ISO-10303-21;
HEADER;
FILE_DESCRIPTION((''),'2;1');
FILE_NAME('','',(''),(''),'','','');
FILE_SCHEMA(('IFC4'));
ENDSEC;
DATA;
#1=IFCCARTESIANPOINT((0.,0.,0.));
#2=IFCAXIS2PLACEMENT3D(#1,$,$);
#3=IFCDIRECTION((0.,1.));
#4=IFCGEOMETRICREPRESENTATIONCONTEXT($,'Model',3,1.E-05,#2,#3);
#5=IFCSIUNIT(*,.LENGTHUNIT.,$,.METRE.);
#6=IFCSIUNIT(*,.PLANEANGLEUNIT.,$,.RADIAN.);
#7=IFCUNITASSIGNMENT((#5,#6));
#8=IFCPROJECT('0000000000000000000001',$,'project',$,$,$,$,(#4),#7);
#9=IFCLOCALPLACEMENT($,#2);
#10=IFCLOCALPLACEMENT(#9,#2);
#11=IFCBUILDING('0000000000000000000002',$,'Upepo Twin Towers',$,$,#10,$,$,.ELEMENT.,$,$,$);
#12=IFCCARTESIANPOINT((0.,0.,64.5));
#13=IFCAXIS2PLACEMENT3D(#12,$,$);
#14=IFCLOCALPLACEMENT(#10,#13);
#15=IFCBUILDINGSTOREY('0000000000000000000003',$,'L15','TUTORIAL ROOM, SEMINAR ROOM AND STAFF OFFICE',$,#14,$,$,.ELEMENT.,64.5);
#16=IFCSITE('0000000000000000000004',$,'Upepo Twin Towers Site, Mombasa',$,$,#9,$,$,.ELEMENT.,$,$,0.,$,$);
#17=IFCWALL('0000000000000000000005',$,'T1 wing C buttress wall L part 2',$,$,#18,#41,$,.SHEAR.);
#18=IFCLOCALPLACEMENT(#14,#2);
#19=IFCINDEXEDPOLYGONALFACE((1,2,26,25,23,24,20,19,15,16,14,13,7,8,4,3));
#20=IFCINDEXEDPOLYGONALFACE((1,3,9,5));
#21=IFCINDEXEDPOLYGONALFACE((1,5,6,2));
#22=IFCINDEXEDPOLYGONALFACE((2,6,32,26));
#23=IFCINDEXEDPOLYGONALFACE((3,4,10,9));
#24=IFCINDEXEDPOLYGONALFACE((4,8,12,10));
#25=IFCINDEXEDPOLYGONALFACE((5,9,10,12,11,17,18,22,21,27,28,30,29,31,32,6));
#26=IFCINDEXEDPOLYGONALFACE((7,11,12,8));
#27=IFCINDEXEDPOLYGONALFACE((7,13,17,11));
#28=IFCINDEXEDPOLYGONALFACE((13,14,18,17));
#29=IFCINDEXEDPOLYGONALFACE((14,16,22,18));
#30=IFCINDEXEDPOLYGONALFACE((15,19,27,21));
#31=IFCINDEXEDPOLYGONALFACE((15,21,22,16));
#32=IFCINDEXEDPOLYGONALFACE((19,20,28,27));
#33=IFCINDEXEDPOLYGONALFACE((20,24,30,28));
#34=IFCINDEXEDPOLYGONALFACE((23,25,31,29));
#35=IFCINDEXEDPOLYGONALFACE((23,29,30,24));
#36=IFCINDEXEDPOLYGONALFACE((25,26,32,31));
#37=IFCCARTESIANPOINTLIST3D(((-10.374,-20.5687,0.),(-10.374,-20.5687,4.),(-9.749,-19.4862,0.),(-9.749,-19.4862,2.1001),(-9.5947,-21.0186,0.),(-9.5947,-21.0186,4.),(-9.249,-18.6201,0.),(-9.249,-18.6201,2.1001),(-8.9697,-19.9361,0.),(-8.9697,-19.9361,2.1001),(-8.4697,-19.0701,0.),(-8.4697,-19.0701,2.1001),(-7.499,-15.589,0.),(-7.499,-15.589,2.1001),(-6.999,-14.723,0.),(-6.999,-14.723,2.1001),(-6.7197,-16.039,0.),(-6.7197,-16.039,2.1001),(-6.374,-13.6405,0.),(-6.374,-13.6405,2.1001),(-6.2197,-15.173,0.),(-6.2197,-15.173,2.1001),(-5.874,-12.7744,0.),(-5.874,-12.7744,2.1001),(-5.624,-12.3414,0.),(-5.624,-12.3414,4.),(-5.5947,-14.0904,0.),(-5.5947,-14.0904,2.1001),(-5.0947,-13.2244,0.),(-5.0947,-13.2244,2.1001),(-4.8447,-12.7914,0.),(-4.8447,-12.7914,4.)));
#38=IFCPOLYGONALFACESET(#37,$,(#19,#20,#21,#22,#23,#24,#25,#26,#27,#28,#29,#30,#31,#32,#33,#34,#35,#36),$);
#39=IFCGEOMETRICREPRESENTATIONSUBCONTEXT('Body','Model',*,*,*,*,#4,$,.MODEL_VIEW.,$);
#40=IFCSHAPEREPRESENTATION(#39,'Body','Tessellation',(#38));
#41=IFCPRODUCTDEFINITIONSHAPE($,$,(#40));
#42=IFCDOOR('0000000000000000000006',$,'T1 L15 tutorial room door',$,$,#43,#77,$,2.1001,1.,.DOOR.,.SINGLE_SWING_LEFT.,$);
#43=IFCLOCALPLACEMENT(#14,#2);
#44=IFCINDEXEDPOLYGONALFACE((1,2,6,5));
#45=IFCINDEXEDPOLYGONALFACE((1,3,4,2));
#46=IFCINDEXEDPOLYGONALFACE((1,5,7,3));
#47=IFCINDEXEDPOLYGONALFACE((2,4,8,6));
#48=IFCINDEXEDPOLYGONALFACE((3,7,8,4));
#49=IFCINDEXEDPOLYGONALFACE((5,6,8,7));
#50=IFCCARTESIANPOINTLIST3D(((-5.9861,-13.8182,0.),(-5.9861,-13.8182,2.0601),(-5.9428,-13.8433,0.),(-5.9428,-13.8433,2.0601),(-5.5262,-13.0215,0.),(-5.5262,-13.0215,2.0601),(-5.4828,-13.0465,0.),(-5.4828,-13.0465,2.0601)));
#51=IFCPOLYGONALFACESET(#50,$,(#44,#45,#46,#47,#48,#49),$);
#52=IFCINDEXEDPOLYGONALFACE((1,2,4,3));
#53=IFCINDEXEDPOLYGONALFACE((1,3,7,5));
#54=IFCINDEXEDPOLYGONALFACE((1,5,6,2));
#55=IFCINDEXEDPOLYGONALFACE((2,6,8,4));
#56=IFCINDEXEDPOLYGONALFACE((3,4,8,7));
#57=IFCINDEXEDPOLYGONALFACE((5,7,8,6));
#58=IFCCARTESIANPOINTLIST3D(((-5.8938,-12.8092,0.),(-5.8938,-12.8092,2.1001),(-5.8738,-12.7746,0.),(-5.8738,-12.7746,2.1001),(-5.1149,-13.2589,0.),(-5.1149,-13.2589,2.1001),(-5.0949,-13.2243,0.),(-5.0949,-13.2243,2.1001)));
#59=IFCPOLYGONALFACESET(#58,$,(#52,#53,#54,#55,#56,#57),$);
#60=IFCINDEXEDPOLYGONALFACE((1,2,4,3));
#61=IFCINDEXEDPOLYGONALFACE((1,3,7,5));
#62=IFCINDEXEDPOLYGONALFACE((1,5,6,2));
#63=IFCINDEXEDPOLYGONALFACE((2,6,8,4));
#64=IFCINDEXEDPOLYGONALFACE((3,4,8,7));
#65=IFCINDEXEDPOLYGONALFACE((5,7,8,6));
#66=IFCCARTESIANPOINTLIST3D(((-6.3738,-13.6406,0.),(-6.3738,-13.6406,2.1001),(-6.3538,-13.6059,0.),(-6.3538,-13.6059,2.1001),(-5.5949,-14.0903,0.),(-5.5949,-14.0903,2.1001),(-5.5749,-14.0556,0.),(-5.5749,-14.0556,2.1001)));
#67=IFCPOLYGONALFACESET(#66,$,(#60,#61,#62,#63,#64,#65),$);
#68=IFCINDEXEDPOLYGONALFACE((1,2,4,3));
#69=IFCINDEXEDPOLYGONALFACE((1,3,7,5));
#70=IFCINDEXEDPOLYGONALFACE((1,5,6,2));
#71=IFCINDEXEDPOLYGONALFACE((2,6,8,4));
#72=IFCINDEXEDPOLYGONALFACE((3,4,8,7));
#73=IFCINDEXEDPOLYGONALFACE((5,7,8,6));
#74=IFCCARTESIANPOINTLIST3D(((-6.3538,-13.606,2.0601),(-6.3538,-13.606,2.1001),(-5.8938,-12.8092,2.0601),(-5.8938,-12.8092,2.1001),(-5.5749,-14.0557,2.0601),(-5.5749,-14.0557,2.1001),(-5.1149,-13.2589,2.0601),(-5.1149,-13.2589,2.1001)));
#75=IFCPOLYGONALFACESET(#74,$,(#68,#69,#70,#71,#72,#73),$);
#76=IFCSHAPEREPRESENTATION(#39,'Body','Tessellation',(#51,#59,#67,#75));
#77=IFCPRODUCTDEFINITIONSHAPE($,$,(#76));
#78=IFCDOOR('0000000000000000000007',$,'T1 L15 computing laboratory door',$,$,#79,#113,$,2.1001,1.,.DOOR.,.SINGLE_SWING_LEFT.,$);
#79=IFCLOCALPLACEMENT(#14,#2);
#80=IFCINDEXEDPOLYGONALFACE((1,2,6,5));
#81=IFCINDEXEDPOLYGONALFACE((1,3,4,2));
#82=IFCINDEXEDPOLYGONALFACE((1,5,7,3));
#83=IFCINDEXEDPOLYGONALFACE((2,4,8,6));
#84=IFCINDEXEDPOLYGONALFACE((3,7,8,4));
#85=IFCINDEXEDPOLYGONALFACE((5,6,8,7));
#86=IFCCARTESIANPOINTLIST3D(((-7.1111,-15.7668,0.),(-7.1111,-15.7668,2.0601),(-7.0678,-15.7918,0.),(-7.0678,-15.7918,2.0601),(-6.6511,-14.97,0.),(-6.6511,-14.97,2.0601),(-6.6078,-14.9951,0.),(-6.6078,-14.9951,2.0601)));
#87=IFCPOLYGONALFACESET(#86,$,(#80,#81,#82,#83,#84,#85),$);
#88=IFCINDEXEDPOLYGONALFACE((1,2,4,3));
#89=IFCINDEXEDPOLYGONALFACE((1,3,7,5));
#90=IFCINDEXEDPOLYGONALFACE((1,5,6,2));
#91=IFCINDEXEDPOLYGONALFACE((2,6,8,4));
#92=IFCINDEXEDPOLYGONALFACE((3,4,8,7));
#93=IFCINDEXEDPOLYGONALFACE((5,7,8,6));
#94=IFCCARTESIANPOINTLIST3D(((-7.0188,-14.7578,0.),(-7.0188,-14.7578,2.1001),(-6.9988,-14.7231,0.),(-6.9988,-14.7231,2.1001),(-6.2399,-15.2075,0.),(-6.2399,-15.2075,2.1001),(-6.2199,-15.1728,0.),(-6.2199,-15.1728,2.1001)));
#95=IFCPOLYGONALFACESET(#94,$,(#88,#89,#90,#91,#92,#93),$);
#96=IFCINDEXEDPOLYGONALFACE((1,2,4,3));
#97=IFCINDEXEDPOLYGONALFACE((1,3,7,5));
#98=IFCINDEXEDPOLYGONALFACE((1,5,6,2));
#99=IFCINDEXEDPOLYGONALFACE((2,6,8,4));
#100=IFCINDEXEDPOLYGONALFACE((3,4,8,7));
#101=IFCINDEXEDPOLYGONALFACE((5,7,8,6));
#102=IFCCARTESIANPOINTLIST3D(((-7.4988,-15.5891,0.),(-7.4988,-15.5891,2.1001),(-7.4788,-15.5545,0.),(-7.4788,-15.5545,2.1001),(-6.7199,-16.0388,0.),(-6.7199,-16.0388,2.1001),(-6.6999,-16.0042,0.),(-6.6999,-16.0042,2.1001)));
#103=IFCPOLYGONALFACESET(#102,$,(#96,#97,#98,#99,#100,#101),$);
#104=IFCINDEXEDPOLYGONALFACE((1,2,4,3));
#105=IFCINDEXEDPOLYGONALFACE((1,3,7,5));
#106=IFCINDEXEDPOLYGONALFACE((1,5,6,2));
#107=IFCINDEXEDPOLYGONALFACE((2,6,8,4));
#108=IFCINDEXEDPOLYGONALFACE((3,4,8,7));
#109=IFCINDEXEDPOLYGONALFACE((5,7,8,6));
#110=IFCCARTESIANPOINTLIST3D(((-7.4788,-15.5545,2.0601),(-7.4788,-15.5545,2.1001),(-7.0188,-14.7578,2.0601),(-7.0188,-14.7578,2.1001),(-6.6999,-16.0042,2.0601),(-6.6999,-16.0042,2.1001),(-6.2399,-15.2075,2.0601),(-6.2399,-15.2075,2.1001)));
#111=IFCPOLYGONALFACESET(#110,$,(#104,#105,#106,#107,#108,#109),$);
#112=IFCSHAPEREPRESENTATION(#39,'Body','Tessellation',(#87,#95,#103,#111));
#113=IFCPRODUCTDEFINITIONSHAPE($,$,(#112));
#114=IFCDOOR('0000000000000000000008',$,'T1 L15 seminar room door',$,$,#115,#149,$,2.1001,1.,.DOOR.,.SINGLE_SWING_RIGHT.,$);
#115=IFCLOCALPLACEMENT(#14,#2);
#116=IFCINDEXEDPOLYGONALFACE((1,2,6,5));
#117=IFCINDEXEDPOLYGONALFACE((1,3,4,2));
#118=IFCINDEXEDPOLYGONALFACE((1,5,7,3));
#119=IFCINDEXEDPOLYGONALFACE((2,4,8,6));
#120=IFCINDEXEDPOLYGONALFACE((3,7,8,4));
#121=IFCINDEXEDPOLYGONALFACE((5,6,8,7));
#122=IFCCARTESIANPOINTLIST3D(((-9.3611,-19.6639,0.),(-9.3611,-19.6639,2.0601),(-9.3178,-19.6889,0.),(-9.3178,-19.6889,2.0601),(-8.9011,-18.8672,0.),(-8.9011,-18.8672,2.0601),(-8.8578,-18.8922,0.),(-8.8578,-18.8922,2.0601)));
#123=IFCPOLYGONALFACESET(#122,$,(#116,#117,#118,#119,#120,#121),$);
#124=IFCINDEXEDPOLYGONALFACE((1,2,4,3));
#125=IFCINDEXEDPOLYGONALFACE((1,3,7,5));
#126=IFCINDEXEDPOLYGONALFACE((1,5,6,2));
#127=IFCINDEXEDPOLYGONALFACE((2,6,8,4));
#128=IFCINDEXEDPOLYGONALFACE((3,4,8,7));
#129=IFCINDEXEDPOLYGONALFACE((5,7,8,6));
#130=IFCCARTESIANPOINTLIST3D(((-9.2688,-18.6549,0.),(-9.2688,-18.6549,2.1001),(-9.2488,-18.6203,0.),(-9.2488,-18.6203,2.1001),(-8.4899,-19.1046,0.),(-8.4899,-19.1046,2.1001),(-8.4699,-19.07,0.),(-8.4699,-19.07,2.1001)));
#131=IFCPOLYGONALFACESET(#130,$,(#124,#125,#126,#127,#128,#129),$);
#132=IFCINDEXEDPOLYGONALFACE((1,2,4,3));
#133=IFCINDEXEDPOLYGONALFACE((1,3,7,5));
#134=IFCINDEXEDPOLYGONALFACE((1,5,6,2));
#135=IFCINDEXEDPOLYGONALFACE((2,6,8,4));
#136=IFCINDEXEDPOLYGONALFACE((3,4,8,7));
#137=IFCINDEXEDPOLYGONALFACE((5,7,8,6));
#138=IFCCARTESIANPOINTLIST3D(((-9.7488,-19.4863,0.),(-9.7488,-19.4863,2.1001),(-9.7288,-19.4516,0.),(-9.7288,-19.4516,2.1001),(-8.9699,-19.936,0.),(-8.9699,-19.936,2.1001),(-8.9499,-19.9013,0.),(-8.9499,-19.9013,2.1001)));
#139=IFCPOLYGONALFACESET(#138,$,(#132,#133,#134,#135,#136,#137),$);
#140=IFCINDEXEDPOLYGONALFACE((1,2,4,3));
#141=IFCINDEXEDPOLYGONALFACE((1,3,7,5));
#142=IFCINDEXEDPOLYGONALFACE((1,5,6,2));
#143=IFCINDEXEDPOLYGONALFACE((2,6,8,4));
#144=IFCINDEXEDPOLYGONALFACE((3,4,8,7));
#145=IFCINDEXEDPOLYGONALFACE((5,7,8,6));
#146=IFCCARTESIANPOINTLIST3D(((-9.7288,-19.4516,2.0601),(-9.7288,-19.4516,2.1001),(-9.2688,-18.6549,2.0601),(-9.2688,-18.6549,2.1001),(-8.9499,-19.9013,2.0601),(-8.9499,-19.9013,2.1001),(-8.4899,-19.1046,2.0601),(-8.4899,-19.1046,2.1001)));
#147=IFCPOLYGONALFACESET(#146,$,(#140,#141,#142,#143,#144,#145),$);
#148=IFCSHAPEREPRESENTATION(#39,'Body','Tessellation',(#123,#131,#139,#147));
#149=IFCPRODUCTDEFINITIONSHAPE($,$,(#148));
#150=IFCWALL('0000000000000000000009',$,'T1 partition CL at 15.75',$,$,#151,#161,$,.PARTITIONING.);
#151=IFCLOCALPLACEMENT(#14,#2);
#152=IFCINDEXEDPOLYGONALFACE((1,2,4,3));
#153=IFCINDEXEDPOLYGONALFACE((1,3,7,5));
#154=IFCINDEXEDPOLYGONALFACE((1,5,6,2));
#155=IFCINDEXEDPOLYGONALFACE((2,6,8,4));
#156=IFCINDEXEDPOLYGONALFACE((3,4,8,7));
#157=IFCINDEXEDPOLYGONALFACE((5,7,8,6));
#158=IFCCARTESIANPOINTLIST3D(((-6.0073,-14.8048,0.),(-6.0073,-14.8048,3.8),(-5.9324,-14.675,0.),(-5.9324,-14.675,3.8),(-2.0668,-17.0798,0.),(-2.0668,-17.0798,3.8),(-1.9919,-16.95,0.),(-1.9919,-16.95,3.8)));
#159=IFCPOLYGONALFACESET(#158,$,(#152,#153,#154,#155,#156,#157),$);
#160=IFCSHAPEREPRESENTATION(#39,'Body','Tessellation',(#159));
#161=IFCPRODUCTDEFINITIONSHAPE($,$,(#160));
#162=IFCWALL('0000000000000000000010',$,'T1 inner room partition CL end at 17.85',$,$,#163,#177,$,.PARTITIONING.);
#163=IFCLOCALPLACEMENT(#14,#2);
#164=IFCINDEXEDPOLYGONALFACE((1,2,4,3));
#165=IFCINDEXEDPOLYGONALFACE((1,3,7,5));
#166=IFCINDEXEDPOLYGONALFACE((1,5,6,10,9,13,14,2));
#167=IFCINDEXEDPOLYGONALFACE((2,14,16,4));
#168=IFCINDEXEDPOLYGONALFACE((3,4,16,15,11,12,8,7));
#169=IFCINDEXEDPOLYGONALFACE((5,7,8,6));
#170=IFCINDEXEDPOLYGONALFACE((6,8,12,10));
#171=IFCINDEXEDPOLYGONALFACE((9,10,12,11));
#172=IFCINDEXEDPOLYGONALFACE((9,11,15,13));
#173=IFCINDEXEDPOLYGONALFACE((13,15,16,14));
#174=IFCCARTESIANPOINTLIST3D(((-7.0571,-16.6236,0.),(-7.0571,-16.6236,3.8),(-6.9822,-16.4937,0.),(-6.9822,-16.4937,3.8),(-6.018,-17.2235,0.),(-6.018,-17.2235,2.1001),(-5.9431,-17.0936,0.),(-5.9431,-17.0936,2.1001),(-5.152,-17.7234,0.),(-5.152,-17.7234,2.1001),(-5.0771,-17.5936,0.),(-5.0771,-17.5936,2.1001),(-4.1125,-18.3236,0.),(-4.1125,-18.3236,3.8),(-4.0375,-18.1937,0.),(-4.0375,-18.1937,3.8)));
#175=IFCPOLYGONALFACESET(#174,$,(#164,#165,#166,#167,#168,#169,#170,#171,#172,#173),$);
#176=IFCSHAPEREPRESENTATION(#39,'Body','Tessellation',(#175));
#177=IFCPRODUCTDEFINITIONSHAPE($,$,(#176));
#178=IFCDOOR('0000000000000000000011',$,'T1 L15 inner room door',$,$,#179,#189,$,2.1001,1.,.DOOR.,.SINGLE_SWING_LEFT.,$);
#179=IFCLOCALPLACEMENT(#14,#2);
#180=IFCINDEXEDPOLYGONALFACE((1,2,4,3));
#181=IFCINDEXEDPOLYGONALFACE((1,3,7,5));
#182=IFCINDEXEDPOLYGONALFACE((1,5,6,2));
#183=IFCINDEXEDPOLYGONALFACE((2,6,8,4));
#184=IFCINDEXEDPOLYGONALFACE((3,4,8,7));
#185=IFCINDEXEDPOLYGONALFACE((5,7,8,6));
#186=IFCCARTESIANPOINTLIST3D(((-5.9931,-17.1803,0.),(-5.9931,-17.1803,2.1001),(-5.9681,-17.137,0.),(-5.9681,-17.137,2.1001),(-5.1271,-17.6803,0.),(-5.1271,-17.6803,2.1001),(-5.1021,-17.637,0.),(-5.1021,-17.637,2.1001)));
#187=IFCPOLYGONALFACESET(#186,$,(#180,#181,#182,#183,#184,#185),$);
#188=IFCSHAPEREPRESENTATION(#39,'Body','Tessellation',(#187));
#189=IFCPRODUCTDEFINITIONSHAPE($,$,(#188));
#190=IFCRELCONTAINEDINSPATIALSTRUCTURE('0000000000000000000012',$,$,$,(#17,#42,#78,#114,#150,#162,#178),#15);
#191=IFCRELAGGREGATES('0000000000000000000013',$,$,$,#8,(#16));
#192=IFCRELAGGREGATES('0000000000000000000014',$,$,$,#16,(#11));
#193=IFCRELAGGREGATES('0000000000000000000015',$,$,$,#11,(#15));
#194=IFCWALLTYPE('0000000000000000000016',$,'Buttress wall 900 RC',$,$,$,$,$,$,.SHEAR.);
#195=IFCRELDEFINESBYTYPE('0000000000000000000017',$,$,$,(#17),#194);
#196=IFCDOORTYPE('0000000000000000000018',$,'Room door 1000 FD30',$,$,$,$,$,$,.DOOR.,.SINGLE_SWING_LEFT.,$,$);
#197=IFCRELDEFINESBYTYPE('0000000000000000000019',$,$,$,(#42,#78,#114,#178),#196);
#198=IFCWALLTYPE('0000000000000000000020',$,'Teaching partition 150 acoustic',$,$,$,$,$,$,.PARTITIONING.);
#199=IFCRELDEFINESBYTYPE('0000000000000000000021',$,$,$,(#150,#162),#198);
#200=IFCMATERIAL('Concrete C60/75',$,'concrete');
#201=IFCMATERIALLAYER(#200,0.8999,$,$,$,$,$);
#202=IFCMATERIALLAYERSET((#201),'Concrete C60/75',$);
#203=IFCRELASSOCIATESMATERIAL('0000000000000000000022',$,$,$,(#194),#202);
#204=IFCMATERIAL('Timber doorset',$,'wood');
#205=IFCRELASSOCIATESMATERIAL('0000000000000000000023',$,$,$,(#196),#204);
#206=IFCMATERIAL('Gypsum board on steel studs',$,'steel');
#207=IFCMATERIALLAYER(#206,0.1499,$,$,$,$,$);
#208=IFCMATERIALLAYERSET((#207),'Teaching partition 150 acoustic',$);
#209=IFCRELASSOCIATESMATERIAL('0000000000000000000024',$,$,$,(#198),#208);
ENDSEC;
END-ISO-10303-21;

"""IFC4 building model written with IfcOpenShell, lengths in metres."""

from ifc_helpers import new_model, si_unit, direction, frame, frame_2d, origin, place, context, subcontext, project, spatial, rectangle, extrude, material, layer, layer_set, type_object, element, fill, save


model = new_model("IFC4")

# Units and contexts
model_context = context("Model", 3, precision=1e-05, world=origin(), true_north=direction((0.0, 1.0)))
body_context = subcontext(model_context, "Body", "Model", "MODEL_VIEW")
ifc_project = project(units=[si_unit("LENGTHUNIT", "METRE"), si_unit("PLANEANGLEUNIT", "RADIAN")], contexts=[model_context])

# Site, building, storey
site_placement = place(None, origin())
site = spatial("IfcSite", under=ifc_project, at=site_placement, Name="Upepo Twin Towers Site, Mombasa", CompositionType="ELEMENT", RefElevation=0.0)
building_placement = place(site_placement, origin())
building = spatial("IfcBuilding", under=site, at=building_placement, Name="Upepo Twin Towers", CompositionType="ELEMENT")
storey_placement = place(building_placement, frame((0.0, 0.0, 64.5)))
storey = spatial("IfcBuildingStorey", under=building, at=storey_placement, Name="L15", Description="TUTORIAL ROOM, SEMINAR ROOM AND STAFF OFFICE", CompositionType="ELEMENT", Elevation=64.5)

# Wall, openings, doors
ifc_material_1 = material(Name="Concrete C60/75", Category="concrete")
ifc_layer_1 = layer(ifc_material_1, 0.8999)
ifc_layer_set_1 = layer_set([ifc_layer_1], Name="Concrete C60/75")
wall_type_1 = type_object("IfcWallType", Name="Buttress wall 900 RC", PredefinedType="SHEAR", material=ifc_layer_set_1)
wall_1_placement = place(storey_placement, frame((-5.2344, -12.5664, 0.0), z_axis=(0.0, 0.0, 1.0), x_axis=(-0.499998, -0.866027, 0.0)))
wall_1 = element("IfcWall", 1, at=wall_1_placement, inside=storey, type_object=wall_type_1, Name="T1 wing C buttress wall L part 2", PredefinedType="SHEAR", context=body_context, shape_type="SweptSolid", body=[
    extrude(rectangle(XDim=9.5, YDim=0.8999, at=frame_2d((4.75, 0.0))), origin(), (0.0, 0.0, 1.0), 4.0),
])
opening_1_placement = place(wall_1_placement, frame((0.5, 0.0, 0.0)))
opening_1 = element("IfcOpeningElement", 2, at=opening_1_placement, cuts=wall_1, PredefinedType="OPENING", context=body_context, shape_type="SweptSolid", body=[
    extrude(rectangle(XDim=1.0, YDim=2.1001, at=frame_2d((0.5, 1.05))), frame((0.0, 0.46, 0.0), z_axis=(0.0, -1.0, 0.0), x_axis=(1.0, 0.0, 0.0)), (0.0, 0.0, 1.0), 0.9199),
])
opening_2_placement = place(wall_1_placement, frame((2.75, 0.0, 0.0)))
opening_2 = element("IfcOpeningElement", 3, at=opening_2_placement, cuts=wall_1, PredefinedType="OPENING", context=body_context, shape_type="SweptSolid", body=[
    extrude(rectangle(XDim=1.0, YDim=2.1001, at=frame_2d((0.5, 1.05))), frame((0.0, 0.46, 0.0), z_axis=(0.0, -1.0, 0.0), x_axis=(1.0, 0.0, 0.0)), (0.0, 0.0, 1.0), 0.9199),
])
opening_3_placement = place(wall_1_placement, frame((7.25, 0.0, 0.0)))
opening_3 = element("IfcOpeningElement", 4, at=opening_3_placement, cuts=wall_1, PredefinedType="OPENING", context=body_context, shape_type="SweptSolid", body=[
    extrude(rectangle(XDim=1.0, YDim=2.1001, at=frame_2d((0.5, 1.05))), frame((0.0, 0.46, 0.0), z_axis=(0.0, -1.0, 0.0), x_axis=(1.0, 0.0, 0.0)), (0.0, 0.0, 1.0), 0.9199),
])
ifc_material_2 = material(Name="Timber doorset", Category="wood")
door_type = type_object("IfcDoorType", Name="Room door 1000 FD30", OperationType="SINGLE_SWING_LEFT", PredefinedType="DOOR", material=ifc_material_2)
door_1_placement = place(opening_1_placement, origin())
door_1 = element("IfcDoor", 5, at=door_1_placement, inside=storey, type_object=door_type, Name="T1 L15 tutorial room door", OperationType="SINGLE_SWING_LEFT", OverallHeight=2.1001, OverallWidth=1.0, PredefinedType="DOOR", context=body_context, shape_type="SweptSolid", body=[
    extrude(rectangle(XDim=0.92, YDim=2.0601, at=frame_2d((0.5, 1.03))), frame((0.0, 0.0249, 0.0), z_axis=(0.0, -1.0, 0.0), x_axis=(1.0, 0.0, 0.0)), (0.0, 0.0, 1.0), 0.05),
    extrude(rectangle(XDim=0.04, YDim=2.1001, at=frame_2d((0.02, 1.05))), frame((0.0, 0.4497, 0.0), z_axis=(0.0, -1.0, 0.0), x_axis=(1.0, 0.0, 0.0)), (0.0, 0.0, 1.0), 0.8994),
    extrude(rectangle(XDim=0.04, YDim=2.1001, at=frame_2d((0.98, 1.05))), frame((0.0, 0.4497, 0.0), z_axis=(0.0, -1.0, 0.0), x_axis=(1.0, 0.0, 0.0)), (0.0, 0.0, 1.0), 0.8994),
    extrude(rectangle(XDim=0.92, YDim=0.04, at=frame_2d((0.5, 2.0801))), frame((0.0, 0.4497, 0.0), z_axis=(0.0, -1.0, 0.0), x_axis=(1.0, 0.0, 0.0)), (0.0, 0.0, 1.0), 0.8994),
])
fill(opening_1, door_1)
door_2_placement = place(opening_2_placement, origin())
door_2 = element("IfcDoor", 6, at=door_2_placement, inside=storey, type_object=door_type, Name="T1 L15 computing laboratory door", OperationType="SINGLE_SWING_LEFT", OverallHeight=2.1001, OverallWidth=1.0, PredefinedType="DOOR", context=body_context, shape_type="SweptSolid", body=[
    extrude(rectangle(XDim=0.92, YDim=2.0601, at=frame_2d((0.5, 1.03))), frame((0.0, 0.0249, 0.0), z_axis=(0.0, -1.0, 0.0), x_axis=(1.0, 0.0, 0.0)), (0.0, 0.0, 1.0), 0.05),
    extrude(rectangle(XDim=0.04, YDim=2.1001, at=frame_2d((0.02, 1.05))), frame((0.0, 0.4497, 0.0), z_axis=(0.0, -1.0, 0.0), x_axis=(1.0, 0.0, 0.0)), (0.0, 0.0, 1.0), 0.8994),
    extrude(rectangle(XDim=0.04, YDim=2.1001, at=frame_2d((0.98, 1.05))), frame((0.0, 0.4497, 0.0), z_axis=(0.0, -1.0, 0.0), x_axis=(1.0, 0.0, 0.0)), (0.0, 0.0, 1.0), 0.8994),
    extrude(rectangle(XDim=0.92, YDim=0.04, at=frame_2d((0.5, 2.0801))), frame((0.0, 0.4497, 0.0), z_axis=(0.0, -1.0, 0.0), x_axis=(1.0, 0.0, 0.0)), (0.0, 0.0, 1.0), 0.8994),
])
fill(opening_2, door_2)
door_3_placement = place(opening_3_placement, origin())
door_3 = element("IfcDoor", 7, at=door_3_placement, inside=storey, type_object=door_type, Name="T1 L15 seminar room door", OperationType="SINGLE_SWING_RIGHT", OverallHeight=2.1001, OverallWidth=1.0, PredefinedType="DOOR", context=body_context, shape_type="SweptSolid", body=[
    extrude(rectangle(XDim=0.92, YDim=2.0601, at=frame_2d((0.5, 1.03))), frame((0.0, 0.0249, 0.0), z_axis=(0.0, -1.0, 0.0), x_axis=(1.0, 0.0, 0.0)), (0.0, 0.0, 1.0), 0.05),
    extrude(rectangle(XDim=0.04, YDim=2.1001, at=frame_2d((0.02, 1.05))), frame((0.0, 0.4497, 0.0), z_axis=(0.0, -1.0, 0.0), x_axis=(1.0, 0.0, 0.0)), (0.0, 0.0, 1.0), 0.8994),
    extrude(rectangle(XDim=0.04, YDim=2.1001, at=frame_2d((0.98, 1.05))), frame((0.0, 0.4497, 0.0), z_axis=(0.0, -1.0, 0.0), x_axis=(1.0, 0.0, 0.0)), (0.0, 0.0, 1.0), 0.8994),
    extrude(rectangle(XDim=0.92, YDim=0.04, at=frame_2d((0.5, 2.0801))), frame((0.0, 0.4497, 0.0), z_axis=(0.0, -1.0, 0.0), x_axis=(1.0, 0.0, 0.0)), (0.0, 0.0, 1.0), 0.8994),
])
fill(opening_3, door_3)

# Wall
ifc_material_3 = material(Name="Gypsum board on steel studs", Category="steel")
ifc_layer_2 = layer(ifc_material_3, 0.1499)
ifc_layer_set_2 = layer_set([ifc_layer_2], Name="Teaching partition 150 acoustic")
wall_type_2 = type_object("IfcWallType", Name="Teaching partition 150 acoustic", PredefinedType="PARTITIONING", material=ifc_layer_set_2)
wall_2_placement = place(storey_placement, frame((-5.9697, -14.74, 0.0), z_axis=(0.0, 0.0, 1.0), x_axis=(0.866035, -0.499983, 0.0)))
element("IfcWall", 8, at=wall_2_placement, inside=storey, type_object=wall_type_2, Name="T1 partition CL at 15.75", PredefinedType="PARTITIONING", context=body_context, shape_type="SweptSolid", body=[
    extrude(rectangle(XDim=4.55, YDim=0.1499, at=frame_2d((2.2749, 0.0))), origin(), (0.0, 0.0, 1.0), 3.8),
])

# Wall, opening, door
wall_3_placement = place(storey_placement, frame((-7.0198, -16.5586, 0.0), z_axis=(0.0, 0.0, 1.0), x_axis=(0.866039, -0.499977, 0.0)))
wall_3 = element("IfcWall", 9, at=wall_3_placement, inside=storey, type_object=wall_type_2, Name="T1 inner room partition CL end at 17.85", PredefinedType="PARTITIONING", context=body_context, shape_type="SweptSolid", body=[
    extrude(rectangle(XDim=3.4001, YDim=0.1499, at=frame_2d((1.7002, 0.0))), origin(), (0.0, 0.0, 1.0), 3.8),
])
opening_4_placement = place(wall_3_placement, frame((1.2, 0.0, 0.0)))
opening_4 = element("IfcOpeningElement", 10, at=opening_4_placement, cuts=wall_3, PredefinedType="OPENING", context=body_context, shape_type="SweptSolid", body=[
    extrude(rectangle(XDim=1.0, YDim=2.1001, at=frame_2d((0.5, 1.05))), frame((0.0, 0.085, 0.0), z_axis=(0.0, -1.0, 0.0), x_axis=(1.0, 0.0, 0.0)), (0.0, 0.0, 1.0), 0.1699),
])
door_4_placement = place(opening_4_placement, origin())
door_4 = element("IfcDoor", 11, at=door_4_placement, inside=storey, type_object=door_type, Name="T1 L15 inner room door", OperationType="SINGLE_SWING_LEFT", OverallHeight=2.1001, OverallWidth=1.0, PredefinedType="DOOR", context=body_context, shape_type="SweptSolid", body=[
    extrude(rectangle(XDim=1.0, YDim=2.1001, at=frame_2d((0.5, 1.05))), frame((0.0, 0.0249, 0.0), z_axis=(0.0, -1.0, 0.0), x_axis=(1.0, 0.0, 0.0)), (0.0, 0.0, 1.0), 0.05),
])
fill(opening_4, door_4)

save(model, "model.ifc")
